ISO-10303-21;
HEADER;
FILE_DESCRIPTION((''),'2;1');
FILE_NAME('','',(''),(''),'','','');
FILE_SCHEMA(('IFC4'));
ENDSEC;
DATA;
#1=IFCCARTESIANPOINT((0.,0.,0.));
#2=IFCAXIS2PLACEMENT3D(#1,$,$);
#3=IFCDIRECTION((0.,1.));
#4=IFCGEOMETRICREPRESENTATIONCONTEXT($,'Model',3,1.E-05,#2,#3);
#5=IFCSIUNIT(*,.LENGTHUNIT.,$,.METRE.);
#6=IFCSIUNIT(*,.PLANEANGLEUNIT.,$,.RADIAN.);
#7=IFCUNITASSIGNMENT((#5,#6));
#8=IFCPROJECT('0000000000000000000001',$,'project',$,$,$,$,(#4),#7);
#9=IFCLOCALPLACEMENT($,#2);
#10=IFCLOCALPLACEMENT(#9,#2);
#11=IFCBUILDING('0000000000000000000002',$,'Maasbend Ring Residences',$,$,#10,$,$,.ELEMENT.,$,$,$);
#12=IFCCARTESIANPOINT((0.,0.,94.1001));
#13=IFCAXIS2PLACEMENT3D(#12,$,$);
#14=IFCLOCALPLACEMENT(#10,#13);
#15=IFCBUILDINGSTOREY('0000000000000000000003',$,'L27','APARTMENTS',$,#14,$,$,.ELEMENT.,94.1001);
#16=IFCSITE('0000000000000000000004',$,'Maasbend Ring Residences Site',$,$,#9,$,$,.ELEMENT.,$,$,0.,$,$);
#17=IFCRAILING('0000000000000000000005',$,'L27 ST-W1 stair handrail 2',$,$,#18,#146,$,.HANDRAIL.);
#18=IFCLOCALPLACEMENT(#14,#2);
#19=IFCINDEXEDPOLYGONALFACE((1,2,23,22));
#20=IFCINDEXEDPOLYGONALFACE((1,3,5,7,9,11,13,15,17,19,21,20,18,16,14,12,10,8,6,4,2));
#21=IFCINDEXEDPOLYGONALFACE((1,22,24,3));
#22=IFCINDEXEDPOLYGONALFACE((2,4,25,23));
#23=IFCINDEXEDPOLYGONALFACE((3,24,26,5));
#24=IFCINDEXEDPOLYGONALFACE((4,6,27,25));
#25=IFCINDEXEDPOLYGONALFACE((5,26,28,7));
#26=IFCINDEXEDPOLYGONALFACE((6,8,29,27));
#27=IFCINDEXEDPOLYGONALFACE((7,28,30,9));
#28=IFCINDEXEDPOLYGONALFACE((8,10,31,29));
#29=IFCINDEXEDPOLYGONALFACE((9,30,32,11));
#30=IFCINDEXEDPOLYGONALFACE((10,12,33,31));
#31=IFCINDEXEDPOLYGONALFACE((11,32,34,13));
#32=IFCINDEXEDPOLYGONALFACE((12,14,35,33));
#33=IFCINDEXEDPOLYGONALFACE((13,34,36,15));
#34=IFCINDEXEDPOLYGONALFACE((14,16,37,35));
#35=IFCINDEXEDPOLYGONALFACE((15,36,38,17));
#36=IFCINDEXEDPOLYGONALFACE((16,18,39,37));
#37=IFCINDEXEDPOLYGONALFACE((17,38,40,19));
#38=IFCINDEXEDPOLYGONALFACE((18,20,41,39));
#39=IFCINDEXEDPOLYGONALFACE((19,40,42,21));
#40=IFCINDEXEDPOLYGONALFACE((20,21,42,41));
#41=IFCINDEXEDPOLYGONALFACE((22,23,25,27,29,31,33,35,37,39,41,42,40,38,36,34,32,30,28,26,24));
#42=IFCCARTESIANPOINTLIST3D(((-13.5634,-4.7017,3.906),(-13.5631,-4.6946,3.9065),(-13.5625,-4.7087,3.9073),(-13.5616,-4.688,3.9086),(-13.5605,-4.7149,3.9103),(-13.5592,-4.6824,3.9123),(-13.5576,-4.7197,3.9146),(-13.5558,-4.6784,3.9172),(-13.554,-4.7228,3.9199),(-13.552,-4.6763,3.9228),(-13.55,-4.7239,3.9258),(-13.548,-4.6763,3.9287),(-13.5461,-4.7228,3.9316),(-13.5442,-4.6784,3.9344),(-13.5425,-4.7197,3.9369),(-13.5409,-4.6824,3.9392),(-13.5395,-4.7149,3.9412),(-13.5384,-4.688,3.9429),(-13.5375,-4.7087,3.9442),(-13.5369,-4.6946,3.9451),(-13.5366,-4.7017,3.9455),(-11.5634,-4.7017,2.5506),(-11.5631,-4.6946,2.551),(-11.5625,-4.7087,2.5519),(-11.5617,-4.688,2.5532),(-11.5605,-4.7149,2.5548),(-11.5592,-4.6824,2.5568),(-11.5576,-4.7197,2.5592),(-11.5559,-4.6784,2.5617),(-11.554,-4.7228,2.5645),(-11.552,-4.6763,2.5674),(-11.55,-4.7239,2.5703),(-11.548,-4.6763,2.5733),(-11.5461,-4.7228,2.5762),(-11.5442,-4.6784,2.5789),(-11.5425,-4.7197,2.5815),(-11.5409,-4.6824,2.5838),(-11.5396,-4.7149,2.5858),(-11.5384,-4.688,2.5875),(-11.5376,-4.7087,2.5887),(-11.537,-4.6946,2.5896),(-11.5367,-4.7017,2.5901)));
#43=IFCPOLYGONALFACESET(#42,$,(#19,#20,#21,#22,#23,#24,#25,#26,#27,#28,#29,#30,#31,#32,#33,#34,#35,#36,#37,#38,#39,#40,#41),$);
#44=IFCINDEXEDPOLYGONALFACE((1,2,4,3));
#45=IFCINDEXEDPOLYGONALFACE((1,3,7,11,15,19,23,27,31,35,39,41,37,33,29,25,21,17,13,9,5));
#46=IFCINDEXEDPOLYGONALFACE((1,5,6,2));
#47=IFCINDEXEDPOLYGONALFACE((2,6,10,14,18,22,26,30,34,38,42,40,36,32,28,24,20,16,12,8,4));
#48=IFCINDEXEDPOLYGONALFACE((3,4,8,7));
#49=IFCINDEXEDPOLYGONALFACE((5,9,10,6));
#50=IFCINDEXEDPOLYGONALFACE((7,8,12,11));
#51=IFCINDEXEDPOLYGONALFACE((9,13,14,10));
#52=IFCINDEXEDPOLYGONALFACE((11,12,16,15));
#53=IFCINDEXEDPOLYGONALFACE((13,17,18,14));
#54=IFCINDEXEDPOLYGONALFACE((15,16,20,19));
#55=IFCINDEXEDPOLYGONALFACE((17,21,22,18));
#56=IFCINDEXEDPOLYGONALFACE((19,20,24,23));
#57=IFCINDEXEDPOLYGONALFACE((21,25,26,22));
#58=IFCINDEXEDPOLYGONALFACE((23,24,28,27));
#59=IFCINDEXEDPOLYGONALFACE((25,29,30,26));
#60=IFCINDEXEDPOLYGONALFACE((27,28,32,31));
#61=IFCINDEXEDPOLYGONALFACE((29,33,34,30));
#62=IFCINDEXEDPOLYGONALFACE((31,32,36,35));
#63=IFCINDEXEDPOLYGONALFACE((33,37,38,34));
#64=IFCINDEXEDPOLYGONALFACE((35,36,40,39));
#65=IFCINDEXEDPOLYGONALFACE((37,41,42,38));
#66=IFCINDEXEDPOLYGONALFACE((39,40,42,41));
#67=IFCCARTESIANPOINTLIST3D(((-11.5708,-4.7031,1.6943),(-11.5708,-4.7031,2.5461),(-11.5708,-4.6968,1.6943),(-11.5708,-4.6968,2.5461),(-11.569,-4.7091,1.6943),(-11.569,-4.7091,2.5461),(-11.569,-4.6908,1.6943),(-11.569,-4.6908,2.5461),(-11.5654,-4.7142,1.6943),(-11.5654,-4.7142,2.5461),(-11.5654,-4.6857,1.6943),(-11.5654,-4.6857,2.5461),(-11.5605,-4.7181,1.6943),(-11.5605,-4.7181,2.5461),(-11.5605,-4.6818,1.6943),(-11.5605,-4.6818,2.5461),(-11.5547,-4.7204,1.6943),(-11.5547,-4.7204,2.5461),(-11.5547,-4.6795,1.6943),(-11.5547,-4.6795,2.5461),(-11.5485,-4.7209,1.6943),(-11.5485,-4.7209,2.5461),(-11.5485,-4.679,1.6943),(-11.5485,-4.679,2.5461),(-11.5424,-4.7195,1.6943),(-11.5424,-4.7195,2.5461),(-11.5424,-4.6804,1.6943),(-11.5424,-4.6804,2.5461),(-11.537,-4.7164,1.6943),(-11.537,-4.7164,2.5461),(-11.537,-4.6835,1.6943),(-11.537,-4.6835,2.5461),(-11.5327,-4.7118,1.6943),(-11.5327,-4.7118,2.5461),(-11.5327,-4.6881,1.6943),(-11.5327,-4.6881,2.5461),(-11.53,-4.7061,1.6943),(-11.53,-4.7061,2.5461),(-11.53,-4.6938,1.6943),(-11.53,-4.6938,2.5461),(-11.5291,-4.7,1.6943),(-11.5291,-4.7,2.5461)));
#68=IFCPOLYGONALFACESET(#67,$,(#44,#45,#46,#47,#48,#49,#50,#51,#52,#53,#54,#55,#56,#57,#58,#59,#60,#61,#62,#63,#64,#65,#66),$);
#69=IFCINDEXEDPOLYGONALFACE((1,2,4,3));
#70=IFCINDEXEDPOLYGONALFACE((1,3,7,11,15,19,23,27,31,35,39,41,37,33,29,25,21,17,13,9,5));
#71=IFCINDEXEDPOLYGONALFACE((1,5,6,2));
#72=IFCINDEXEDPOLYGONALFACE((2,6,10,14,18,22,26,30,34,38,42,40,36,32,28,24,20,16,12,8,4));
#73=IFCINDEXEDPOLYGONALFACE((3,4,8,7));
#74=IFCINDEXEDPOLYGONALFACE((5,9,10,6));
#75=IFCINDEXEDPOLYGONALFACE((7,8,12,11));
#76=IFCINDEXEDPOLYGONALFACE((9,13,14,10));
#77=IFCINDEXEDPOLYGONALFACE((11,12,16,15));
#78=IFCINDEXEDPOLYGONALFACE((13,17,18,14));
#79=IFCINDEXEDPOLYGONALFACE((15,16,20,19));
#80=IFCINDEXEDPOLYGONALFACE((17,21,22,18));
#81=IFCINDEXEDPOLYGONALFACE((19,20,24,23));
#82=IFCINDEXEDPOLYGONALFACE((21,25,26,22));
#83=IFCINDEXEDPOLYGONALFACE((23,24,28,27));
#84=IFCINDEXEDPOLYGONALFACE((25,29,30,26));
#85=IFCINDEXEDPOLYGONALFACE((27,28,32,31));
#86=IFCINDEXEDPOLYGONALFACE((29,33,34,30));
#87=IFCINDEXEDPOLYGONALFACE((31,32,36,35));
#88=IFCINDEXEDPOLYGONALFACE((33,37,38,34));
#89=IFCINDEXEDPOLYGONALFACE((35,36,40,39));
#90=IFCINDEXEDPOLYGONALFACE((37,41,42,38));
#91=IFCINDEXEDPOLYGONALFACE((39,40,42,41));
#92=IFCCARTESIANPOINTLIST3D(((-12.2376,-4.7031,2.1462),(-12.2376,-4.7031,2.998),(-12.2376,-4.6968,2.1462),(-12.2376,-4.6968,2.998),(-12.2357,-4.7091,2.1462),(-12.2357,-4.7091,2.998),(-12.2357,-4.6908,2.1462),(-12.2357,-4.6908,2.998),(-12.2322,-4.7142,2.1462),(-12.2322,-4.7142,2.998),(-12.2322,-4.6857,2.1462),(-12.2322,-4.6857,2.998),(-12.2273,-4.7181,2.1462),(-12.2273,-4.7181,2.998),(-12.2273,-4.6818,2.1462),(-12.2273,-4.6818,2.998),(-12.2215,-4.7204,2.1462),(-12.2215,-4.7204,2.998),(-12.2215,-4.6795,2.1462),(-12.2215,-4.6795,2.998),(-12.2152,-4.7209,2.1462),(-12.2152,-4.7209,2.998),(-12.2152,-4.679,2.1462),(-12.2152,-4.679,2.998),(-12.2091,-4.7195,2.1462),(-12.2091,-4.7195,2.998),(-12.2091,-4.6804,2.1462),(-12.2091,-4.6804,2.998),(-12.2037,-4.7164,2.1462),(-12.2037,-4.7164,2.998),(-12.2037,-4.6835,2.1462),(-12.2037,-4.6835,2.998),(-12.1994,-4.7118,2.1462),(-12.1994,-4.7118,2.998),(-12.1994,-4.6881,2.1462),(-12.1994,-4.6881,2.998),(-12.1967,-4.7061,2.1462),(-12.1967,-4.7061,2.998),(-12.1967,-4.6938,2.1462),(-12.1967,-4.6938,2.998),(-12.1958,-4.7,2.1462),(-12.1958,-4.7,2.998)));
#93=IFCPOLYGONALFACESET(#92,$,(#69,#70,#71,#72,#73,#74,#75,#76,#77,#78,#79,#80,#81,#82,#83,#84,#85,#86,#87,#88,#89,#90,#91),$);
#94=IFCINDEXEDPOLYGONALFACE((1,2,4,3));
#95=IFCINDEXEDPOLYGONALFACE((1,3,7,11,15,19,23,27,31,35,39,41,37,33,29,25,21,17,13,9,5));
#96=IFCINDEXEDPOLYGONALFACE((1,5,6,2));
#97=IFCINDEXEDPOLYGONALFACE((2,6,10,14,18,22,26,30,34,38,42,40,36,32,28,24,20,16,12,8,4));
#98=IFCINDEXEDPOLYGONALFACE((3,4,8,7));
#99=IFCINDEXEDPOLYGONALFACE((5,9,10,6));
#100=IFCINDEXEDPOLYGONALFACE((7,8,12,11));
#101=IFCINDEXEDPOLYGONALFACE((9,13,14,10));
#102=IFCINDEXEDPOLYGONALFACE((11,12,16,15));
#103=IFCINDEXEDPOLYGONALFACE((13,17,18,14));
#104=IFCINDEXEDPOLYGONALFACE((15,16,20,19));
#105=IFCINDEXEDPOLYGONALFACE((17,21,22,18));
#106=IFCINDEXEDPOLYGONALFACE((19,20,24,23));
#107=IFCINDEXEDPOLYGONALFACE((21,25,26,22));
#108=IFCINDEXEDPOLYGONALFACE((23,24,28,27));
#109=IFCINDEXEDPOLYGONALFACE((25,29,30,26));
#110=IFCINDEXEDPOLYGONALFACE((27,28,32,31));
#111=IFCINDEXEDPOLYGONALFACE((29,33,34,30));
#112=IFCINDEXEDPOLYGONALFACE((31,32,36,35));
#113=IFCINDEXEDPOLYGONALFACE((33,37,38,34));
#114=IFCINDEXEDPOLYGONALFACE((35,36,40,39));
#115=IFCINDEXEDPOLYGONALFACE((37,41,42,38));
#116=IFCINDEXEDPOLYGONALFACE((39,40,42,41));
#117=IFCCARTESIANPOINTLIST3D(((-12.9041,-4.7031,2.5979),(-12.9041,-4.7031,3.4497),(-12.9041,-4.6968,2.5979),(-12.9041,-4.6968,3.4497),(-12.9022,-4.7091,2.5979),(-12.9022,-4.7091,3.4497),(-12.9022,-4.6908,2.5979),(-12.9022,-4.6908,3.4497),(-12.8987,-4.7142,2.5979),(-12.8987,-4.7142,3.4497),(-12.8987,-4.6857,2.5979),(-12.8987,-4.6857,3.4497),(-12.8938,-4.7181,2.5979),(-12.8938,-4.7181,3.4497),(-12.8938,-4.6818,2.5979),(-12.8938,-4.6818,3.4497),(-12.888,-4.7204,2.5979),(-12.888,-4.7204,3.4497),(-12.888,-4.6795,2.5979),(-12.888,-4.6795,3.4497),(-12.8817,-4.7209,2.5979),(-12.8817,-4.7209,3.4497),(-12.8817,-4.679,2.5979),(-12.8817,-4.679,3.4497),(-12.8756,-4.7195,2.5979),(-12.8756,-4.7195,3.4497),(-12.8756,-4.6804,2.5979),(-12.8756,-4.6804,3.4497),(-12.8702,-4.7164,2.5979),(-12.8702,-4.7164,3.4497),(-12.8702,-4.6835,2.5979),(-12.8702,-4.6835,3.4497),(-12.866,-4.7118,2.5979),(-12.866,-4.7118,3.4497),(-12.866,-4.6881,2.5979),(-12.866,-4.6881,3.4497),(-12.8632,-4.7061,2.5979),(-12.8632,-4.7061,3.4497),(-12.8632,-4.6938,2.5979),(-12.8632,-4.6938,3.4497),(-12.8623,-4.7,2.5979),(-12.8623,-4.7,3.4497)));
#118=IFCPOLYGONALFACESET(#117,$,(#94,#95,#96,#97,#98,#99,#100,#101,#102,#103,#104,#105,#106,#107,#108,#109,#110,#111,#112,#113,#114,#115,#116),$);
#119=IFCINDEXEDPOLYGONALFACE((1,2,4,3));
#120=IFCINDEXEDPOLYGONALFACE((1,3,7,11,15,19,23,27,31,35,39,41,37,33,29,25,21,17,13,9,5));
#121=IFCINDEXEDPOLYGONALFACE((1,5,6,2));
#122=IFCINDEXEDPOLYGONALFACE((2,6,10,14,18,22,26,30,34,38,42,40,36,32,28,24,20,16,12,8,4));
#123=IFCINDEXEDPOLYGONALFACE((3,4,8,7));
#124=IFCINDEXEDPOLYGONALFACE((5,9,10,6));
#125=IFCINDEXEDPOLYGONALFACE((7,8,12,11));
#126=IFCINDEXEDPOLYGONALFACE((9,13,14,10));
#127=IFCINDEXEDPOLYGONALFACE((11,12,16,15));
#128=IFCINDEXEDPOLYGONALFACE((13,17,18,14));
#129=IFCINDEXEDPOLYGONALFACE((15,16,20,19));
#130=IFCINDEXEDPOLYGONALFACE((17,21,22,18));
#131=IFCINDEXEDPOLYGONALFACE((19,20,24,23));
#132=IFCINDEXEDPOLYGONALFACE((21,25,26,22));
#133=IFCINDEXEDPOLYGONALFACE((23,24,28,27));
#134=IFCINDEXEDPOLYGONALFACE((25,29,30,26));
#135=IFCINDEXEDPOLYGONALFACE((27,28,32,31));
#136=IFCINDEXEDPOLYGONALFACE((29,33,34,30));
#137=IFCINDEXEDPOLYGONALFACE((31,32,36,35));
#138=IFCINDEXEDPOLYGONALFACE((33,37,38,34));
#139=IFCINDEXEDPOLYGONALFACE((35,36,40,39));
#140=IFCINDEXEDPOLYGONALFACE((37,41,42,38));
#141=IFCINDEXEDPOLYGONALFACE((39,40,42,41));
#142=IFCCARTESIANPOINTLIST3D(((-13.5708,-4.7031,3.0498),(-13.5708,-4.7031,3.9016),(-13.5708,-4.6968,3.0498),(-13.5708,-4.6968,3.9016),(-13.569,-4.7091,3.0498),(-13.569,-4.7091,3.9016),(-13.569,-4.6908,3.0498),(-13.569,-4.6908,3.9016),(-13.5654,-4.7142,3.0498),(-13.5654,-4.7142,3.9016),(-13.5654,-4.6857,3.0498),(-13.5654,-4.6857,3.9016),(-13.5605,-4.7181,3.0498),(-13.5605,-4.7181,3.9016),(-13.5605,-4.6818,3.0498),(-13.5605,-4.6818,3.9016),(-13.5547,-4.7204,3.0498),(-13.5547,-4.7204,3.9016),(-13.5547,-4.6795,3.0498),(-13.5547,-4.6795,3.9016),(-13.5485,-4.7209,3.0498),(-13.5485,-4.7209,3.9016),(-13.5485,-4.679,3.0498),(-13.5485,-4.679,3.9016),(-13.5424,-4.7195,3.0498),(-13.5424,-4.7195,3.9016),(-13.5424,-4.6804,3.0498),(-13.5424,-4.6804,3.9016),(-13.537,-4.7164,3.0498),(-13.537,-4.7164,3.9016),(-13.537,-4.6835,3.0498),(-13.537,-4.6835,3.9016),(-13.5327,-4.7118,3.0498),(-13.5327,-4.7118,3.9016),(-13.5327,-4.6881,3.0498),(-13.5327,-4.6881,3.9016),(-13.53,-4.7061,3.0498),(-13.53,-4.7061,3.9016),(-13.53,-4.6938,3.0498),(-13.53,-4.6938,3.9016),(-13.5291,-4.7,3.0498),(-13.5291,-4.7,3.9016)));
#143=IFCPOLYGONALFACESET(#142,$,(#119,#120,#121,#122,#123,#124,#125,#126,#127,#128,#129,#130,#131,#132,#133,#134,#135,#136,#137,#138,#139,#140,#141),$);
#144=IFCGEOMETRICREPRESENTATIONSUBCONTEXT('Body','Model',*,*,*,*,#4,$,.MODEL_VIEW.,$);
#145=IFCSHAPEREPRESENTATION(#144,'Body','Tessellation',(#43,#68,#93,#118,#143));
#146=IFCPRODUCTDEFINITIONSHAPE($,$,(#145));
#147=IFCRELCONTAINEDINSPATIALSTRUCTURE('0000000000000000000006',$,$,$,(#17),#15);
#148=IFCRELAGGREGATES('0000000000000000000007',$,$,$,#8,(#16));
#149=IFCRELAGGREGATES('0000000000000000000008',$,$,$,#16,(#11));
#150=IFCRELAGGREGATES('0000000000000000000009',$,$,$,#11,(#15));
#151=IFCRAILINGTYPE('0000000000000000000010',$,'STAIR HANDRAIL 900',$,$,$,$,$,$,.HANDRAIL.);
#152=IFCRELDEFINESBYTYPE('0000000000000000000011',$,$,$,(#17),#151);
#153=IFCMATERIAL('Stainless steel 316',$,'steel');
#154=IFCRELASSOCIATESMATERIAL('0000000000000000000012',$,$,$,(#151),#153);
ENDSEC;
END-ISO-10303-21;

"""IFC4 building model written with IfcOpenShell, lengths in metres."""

from ifc_helpers import new_model, si_unit, direction, frame, origin, origin_2d, place, context, subcontext, project, spatial, circle, extrude, material, type_object, element, save


model = new_model("IFC4")

# Units and contexts
model_context = context("Model", 3, precision=1e-05, world=origin(), true_north=direction((0.0, 1.0)))
body_context = subcontext(model_context, "Body", "Model", "MODEL_VIEW")
ifc_project = project(units=[si_unit("LENGTHUNIT", "METRE"), si_unit("PLANEANGLEUNIT", "RADIAN")], contexts=[model_context])

# Site, building, storey
site_placement = place(None, origin())
site = spatial("IfcSite", under=ifc_project, at=site_placement, Name="Maasbend Ring Residences Site", CompositionType="ELEMENT", RefElevation=0.0)
building_placement = place(site_placement, origin())
building = spatial("IfcBuilding", under=site, at=building_placement, Name="Maasbend Ring Residences", CompositionType="ELEMENT")
storey_placement = place(building_placement, frame((0.0, 0.0, 94.1001)))
storey = spatial("IfcBuildingStorey", under=building, at=storey_placement, Name="L27", Description="APARTMENTS", CompositionType="ELEMENT", Elevation=94.1001)

# Railing
ifc_material_1 = material(Name="Stainless steel 316", Category="steel")
railing_type_1 = type_object("IfcRailingType", Name="STAIR HANDRAIL 900", PredefinedType="HANDRAIL", material=ifc_material_1)
railing_1_placement = place(storey_placement, frame((-11.55, -4.7, 1.6943)))
element("IfcRailing", 1, at=railing_1_placement, inside=storey, type_object=railing_type_1, Name="L27 ST-W1 stair handrail 2", PredefinedType="HANDRAIL", context=body_context, shape_type="SweptSolid", body=[
    extrude(circle(Radius=0.0239, at=origin_2d()), frame((0.0, 0.0, 0.876), z_axis=(-0.827798, 0.0, 0.561027), x_axis=(0.0, -1.0, 0.0)), (0.0, 0.0, 1.0), 2.416),
    extrude(circle(Radius=0.021, at=origin_2d()), origin(), (0.0, 0.0, 1.0), 0.8518),
    extrude(circle(Radius=0.021, at=origin_2d()), frame((-0.6667, 0.0, 0.4519)), (0.0, 0.0, 1.0), 0.8518),
    extrude(circle(Radius=0.021, at=origin_2d()), frame((-1.3333, 0.0, 0.9036)), (0.0, 0.0, 1.0), 0.8518),
    extrude(circle(Radius=0.021, at=origin_2d()), frame((-2.0, 0.0, 1.3555)), (0.0, 0.0, 1.0), 0.8518),
])

save(model, "model.ifc")
